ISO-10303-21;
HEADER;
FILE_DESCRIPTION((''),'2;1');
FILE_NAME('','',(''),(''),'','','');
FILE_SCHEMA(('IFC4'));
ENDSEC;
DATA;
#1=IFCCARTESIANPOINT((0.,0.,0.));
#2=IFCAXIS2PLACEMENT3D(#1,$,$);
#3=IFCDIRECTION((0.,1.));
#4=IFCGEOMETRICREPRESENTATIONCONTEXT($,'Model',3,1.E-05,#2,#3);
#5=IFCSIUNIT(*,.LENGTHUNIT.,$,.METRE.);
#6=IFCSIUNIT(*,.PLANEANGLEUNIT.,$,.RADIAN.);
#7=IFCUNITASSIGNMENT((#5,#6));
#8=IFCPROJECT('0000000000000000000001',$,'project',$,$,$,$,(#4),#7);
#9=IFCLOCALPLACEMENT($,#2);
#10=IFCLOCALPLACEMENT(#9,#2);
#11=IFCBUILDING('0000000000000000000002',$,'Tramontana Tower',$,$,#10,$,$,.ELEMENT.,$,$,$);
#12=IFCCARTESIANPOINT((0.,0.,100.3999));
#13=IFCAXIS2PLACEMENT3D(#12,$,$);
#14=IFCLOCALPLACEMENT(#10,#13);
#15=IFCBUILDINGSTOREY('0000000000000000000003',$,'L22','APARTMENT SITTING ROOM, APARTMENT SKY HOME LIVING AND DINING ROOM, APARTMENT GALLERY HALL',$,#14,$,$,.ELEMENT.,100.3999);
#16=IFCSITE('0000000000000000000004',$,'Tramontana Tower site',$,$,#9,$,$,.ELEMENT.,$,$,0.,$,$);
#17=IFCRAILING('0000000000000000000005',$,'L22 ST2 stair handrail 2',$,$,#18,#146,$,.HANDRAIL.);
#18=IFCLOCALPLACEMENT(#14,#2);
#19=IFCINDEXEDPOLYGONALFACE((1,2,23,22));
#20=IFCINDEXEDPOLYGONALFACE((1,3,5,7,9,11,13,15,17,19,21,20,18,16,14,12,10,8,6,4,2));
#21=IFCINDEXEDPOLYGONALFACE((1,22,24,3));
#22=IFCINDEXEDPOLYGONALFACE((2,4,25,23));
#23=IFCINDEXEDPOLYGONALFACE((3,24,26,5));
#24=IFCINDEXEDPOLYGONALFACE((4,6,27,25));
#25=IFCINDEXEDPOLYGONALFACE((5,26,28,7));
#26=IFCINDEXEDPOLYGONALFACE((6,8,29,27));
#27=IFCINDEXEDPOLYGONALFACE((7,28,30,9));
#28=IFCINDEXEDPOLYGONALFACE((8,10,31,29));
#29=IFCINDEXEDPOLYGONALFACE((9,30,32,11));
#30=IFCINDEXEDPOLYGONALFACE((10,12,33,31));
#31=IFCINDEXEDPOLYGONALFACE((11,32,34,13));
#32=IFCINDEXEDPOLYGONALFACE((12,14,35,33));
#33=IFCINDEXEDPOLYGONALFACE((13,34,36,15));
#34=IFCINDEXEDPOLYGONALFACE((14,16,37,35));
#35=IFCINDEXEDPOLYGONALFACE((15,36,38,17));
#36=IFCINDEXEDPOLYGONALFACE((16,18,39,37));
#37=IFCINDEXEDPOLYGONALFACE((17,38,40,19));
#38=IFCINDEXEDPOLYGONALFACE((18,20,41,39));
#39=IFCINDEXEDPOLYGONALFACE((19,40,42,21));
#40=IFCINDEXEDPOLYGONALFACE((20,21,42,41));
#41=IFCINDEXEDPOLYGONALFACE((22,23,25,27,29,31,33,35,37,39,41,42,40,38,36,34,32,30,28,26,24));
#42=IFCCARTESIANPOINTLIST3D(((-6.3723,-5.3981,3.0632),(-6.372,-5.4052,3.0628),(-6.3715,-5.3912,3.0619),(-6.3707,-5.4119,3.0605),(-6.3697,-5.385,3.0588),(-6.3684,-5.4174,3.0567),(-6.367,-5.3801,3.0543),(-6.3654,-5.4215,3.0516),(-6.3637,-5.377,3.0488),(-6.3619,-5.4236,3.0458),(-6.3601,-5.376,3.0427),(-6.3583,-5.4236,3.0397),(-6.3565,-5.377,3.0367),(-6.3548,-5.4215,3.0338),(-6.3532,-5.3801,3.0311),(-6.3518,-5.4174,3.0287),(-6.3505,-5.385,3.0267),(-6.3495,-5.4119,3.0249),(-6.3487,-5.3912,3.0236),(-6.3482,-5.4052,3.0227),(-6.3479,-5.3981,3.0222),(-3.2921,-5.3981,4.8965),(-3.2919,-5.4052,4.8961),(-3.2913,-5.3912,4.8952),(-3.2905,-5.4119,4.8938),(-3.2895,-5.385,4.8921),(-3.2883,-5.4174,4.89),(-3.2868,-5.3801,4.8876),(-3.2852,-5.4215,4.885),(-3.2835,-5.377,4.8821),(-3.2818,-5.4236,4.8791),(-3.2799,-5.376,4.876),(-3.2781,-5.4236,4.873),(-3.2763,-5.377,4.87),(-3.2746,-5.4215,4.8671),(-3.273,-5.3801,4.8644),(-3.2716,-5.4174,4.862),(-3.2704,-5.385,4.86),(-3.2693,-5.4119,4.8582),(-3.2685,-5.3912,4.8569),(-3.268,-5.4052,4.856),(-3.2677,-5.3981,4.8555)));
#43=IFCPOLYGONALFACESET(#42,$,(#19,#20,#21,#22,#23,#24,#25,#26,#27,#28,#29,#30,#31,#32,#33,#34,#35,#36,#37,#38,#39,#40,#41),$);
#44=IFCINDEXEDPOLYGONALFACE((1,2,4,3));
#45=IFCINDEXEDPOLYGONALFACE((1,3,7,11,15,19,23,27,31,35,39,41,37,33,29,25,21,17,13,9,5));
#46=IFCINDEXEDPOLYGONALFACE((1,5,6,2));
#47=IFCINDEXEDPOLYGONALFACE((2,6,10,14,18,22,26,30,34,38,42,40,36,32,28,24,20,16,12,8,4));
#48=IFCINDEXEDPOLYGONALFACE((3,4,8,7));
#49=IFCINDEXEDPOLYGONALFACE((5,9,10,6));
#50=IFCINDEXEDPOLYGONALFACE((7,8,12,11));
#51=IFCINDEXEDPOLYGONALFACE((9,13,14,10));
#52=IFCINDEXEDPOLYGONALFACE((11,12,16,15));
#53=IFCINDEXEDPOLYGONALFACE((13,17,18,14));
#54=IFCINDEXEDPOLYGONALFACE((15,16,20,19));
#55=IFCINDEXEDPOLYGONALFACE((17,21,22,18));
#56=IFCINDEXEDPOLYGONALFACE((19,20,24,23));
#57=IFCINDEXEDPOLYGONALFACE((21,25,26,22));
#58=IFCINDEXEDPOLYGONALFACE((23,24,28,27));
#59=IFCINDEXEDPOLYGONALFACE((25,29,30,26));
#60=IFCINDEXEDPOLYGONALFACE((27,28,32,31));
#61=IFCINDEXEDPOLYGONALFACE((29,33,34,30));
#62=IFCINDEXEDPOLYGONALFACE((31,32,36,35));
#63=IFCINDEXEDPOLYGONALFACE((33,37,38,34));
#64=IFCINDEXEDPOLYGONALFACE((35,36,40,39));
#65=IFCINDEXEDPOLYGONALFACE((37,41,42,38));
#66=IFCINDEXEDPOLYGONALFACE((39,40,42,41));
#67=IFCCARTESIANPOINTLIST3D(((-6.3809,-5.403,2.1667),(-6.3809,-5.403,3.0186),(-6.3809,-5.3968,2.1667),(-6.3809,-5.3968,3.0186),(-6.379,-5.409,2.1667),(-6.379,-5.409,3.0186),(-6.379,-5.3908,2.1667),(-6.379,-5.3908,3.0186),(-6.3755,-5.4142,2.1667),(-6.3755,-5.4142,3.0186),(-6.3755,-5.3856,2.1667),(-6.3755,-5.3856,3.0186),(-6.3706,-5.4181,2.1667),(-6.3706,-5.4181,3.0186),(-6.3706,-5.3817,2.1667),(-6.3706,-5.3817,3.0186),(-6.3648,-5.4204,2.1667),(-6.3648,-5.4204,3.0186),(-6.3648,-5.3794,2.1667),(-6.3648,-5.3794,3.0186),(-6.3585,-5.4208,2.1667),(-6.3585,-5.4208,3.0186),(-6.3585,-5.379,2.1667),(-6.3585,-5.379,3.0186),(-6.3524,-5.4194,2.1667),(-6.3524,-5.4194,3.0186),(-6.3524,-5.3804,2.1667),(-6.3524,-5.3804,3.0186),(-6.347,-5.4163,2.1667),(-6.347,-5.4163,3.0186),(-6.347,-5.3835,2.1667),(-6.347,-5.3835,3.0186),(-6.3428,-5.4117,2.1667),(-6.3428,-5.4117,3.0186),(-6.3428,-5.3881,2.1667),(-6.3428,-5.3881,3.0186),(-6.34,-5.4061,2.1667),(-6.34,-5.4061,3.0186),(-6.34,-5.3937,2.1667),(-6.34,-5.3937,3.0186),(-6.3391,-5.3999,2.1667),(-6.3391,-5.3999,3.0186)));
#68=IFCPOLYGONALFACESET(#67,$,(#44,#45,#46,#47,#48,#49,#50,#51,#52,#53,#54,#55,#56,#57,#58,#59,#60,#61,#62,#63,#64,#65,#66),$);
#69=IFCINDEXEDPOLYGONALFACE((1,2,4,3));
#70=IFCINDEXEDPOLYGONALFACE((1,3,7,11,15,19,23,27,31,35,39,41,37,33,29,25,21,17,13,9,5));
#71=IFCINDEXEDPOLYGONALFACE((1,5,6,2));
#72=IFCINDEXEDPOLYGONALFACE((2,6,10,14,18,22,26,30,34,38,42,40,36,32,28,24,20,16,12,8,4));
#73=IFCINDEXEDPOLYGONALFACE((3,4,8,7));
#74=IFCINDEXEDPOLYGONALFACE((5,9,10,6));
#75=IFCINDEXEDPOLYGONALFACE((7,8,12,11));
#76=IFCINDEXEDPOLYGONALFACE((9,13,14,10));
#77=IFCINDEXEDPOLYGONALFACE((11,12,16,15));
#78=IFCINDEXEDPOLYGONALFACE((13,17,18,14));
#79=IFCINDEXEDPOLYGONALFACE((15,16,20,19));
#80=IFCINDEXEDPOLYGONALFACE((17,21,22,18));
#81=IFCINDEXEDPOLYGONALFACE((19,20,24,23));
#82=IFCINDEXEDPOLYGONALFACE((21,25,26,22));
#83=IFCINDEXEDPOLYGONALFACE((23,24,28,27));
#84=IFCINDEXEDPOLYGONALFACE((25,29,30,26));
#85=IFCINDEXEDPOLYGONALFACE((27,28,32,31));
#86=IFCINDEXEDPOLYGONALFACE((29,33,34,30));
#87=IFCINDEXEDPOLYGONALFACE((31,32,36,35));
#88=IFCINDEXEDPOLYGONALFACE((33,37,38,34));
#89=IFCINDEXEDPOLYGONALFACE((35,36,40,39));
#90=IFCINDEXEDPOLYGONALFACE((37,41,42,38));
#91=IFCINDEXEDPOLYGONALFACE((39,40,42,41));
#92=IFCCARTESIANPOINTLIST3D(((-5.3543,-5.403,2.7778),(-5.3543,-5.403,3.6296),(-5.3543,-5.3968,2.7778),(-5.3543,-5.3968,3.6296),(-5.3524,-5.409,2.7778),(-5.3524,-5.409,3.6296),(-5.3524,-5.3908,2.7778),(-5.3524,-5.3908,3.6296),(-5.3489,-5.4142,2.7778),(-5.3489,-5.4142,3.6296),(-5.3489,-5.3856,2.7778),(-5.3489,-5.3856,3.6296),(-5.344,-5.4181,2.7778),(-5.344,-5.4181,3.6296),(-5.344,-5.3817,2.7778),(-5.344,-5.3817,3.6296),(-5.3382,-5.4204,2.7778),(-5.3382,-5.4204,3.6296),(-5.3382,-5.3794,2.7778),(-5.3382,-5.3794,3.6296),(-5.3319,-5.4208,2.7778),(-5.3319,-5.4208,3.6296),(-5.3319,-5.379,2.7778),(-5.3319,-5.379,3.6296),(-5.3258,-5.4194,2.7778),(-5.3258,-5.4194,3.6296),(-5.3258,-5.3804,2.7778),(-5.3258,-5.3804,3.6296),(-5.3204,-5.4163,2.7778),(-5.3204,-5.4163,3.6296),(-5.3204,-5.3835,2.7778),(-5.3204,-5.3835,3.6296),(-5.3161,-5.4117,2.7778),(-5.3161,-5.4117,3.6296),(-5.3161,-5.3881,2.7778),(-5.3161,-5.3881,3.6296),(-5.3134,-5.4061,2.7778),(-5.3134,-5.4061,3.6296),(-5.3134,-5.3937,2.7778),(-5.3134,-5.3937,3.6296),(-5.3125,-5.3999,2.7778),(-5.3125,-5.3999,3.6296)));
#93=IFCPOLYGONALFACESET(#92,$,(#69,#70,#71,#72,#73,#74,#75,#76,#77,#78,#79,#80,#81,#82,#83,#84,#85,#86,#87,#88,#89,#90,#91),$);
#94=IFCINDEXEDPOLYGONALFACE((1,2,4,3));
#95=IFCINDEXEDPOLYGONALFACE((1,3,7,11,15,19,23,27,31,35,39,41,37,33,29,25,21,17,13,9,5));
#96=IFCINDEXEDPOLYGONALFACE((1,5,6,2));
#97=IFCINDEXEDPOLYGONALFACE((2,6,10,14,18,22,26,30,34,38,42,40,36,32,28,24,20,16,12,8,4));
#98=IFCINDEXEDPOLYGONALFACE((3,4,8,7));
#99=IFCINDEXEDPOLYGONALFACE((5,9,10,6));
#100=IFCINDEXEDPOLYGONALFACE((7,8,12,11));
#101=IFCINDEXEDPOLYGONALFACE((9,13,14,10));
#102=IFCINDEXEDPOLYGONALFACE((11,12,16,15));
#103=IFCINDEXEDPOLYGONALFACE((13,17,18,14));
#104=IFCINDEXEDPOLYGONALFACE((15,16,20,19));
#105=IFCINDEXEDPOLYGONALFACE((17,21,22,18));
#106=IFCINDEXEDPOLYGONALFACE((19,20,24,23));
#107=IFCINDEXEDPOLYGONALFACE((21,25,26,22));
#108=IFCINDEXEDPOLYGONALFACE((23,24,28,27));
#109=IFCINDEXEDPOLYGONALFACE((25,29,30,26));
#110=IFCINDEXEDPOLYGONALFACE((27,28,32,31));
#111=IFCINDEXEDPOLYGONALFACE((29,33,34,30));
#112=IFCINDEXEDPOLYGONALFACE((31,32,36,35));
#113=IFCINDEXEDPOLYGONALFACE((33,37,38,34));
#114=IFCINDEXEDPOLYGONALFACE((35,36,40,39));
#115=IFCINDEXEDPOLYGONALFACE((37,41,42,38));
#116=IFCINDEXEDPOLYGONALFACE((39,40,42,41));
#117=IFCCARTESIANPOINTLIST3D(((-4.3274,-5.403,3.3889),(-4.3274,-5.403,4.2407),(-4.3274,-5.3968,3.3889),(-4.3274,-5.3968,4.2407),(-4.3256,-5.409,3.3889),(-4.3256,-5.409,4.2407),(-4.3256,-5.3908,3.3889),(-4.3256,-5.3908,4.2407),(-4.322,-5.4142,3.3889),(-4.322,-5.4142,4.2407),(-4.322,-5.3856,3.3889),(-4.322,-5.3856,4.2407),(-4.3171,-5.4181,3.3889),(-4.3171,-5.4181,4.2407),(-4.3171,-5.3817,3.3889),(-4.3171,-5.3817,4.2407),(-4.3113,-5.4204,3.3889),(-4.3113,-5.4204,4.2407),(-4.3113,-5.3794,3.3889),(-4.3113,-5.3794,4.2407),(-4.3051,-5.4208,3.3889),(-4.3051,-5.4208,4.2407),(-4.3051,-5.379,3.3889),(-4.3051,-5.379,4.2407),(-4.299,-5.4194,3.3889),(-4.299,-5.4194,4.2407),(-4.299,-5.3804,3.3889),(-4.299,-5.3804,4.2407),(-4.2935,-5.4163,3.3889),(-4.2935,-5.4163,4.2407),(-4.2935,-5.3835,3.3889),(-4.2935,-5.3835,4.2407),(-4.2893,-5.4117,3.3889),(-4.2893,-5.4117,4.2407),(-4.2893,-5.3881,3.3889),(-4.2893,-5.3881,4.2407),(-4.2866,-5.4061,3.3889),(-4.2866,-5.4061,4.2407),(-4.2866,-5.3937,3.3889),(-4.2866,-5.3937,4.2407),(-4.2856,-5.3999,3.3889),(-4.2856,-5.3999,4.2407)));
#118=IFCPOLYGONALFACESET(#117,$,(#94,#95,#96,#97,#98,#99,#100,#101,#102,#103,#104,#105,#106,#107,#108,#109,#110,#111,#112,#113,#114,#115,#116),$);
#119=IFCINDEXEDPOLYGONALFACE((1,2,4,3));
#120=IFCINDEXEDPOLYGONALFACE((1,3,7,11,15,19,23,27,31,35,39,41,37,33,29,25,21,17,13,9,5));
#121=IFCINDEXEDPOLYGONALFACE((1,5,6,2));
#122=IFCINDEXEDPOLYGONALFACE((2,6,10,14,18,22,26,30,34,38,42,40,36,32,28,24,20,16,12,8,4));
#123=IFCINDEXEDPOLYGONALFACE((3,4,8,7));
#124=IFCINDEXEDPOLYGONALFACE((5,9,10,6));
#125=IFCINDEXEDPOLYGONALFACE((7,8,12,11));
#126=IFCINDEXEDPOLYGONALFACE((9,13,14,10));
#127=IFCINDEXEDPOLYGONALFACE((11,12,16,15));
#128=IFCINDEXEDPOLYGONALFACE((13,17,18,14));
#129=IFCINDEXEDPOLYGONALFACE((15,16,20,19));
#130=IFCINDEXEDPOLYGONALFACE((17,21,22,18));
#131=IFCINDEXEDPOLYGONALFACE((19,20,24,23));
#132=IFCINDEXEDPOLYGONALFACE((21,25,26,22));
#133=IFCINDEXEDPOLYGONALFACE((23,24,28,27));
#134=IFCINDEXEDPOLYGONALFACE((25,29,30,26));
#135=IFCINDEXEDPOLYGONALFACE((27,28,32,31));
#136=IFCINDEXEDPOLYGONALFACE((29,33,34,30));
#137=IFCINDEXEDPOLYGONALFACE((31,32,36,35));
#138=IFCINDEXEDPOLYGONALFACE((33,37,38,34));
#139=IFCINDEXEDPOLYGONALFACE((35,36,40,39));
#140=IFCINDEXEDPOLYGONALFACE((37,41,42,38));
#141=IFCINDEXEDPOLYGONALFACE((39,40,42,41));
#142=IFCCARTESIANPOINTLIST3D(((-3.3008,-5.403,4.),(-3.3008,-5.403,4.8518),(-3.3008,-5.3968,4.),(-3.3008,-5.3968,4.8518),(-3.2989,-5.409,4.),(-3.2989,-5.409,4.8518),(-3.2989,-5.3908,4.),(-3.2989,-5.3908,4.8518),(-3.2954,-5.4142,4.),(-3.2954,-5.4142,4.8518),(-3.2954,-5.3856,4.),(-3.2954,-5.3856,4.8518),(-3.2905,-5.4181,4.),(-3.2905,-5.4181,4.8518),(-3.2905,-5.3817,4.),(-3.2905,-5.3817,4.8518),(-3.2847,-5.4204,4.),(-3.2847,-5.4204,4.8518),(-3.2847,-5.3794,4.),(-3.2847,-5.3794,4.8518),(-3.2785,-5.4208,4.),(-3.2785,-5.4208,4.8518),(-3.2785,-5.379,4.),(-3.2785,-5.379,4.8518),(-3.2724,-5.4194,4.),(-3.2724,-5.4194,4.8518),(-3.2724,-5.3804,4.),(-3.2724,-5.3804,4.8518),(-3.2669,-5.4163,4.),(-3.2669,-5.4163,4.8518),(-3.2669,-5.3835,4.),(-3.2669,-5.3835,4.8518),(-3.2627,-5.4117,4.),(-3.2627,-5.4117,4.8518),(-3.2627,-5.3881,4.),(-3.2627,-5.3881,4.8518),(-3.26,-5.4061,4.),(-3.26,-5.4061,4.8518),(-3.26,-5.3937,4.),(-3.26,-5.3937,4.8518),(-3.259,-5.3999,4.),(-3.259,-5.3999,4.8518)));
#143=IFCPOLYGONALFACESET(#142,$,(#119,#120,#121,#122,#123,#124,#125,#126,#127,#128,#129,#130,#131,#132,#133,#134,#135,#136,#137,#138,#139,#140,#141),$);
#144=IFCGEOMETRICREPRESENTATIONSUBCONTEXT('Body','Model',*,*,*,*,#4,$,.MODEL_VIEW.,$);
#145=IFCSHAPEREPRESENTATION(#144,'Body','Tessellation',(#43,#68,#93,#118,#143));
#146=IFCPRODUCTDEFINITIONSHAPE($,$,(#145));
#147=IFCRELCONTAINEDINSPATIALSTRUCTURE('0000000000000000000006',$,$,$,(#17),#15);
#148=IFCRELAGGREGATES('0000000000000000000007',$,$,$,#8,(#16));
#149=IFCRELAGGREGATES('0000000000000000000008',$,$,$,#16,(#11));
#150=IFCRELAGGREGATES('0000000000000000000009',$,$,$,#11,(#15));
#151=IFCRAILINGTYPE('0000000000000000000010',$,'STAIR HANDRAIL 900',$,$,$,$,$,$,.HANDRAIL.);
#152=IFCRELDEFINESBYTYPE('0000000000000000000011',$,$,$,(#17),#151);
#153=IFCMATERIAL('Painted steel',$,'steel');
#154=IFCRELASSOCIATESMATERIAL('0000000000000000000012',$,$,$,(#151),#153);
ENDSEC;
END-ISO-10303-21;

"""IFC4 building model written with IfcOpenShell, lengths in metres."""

from ifc_helpers import new_model, si_unit, direction, frame, origin, origin_2d, place, context, subcontext, project, spatial, circle, extrude, material, type_object, element, save


model = new_model("IFC4")

# Units and contexts
model_context = context("Model", 3, precision=1e-05, world=origin(), true_north=direction((0.0, 1.0)))
body_context = subcontext(model_context, "Body", "Model", "MODEL_VIEW")
ifc_project = project(units=[si_unit("LENGTHUNIT", "METRE"), si_unit("PLANEANGLEUNIT", "RADIAN")], contexts=[model_context])

# Site, building, storey
site_placement = place(None, origin())
site = spatial("IfcSite", under=ifc_project, at=site_placement, Name="Tramontana Tower site", CompositionType="ELEMENT", RefElevation=0.0)
building_placement = place(site_placement, origin())
building = spatial("IfcBuilding", under=site, at=building_placement, Name="Tramontana Tower", CompositionType="ELEMENT")
storey_placement = place(building_placement, frame((0.0, 0.0, 100.3999)))
storey = spatial("IfcBuildingStorey", under=building, at=storey_placement, Name="L22", Description="APARTMENT SITTING ROOM, APARTMENT SKY HOME LIVING AND DINING ROOM, APARTMENT GALLERY HALL", CompositionType="ELEMENT", Elevation=100.3999)

# Railing
ifc_material_1 = material(Name="Painted steel", Category="steel")
railing_type_1 = type_object("IfcRailingType", Name="STAIR HANDRAIL 900", PredefinedType="HANDRAIL", material=ifc_material_1)
railing_1_placement = place(storey_placement, frame((-6.3601, -5.3999, 2.1667)))
element("IfcRailing", 1, at=railing_1_placement, inside=storey, type_object=railing_type_1, Name="L22 ST2 stair handrail 2", PredefinedType="HANDRAIL", context=body_context, shape_type="SweptSolid", body=[
    extrude(circle(Radius=0.0239, at=origin_2d()), frame((0.0, 0.0, 0.876), z_axis=(0.859309, 0.0, 0.511458), x_axis=(0.0, 1.0, 0.0)), (0.0, 0.0, 1.0), 3.5845),
    extrude(circle(Radius=0.021, at=origin_2d()), origin(), (0.0, 0.0, 1.0), 0.8518),
    extrude(circle(Radius=0.021, at=origin_2d()), frame((1.0266, 0.0, 0.6111)), (0.0, 0.0, 1.0), 0.8518),
    extrude(circle(Radius=0.021, at=origin_2d()), frame((2.0535, 0.0, 1.2222)), (0.0, 0.0, 1.0), 0.8518),
    extrude(circle(Radius=0.021, at=origin_2d()), frame((3.0801, 0.0, 1.8333)), (0.0, 0.0, 1.0), 0.8518),
])

save(model, "model.ifc")
